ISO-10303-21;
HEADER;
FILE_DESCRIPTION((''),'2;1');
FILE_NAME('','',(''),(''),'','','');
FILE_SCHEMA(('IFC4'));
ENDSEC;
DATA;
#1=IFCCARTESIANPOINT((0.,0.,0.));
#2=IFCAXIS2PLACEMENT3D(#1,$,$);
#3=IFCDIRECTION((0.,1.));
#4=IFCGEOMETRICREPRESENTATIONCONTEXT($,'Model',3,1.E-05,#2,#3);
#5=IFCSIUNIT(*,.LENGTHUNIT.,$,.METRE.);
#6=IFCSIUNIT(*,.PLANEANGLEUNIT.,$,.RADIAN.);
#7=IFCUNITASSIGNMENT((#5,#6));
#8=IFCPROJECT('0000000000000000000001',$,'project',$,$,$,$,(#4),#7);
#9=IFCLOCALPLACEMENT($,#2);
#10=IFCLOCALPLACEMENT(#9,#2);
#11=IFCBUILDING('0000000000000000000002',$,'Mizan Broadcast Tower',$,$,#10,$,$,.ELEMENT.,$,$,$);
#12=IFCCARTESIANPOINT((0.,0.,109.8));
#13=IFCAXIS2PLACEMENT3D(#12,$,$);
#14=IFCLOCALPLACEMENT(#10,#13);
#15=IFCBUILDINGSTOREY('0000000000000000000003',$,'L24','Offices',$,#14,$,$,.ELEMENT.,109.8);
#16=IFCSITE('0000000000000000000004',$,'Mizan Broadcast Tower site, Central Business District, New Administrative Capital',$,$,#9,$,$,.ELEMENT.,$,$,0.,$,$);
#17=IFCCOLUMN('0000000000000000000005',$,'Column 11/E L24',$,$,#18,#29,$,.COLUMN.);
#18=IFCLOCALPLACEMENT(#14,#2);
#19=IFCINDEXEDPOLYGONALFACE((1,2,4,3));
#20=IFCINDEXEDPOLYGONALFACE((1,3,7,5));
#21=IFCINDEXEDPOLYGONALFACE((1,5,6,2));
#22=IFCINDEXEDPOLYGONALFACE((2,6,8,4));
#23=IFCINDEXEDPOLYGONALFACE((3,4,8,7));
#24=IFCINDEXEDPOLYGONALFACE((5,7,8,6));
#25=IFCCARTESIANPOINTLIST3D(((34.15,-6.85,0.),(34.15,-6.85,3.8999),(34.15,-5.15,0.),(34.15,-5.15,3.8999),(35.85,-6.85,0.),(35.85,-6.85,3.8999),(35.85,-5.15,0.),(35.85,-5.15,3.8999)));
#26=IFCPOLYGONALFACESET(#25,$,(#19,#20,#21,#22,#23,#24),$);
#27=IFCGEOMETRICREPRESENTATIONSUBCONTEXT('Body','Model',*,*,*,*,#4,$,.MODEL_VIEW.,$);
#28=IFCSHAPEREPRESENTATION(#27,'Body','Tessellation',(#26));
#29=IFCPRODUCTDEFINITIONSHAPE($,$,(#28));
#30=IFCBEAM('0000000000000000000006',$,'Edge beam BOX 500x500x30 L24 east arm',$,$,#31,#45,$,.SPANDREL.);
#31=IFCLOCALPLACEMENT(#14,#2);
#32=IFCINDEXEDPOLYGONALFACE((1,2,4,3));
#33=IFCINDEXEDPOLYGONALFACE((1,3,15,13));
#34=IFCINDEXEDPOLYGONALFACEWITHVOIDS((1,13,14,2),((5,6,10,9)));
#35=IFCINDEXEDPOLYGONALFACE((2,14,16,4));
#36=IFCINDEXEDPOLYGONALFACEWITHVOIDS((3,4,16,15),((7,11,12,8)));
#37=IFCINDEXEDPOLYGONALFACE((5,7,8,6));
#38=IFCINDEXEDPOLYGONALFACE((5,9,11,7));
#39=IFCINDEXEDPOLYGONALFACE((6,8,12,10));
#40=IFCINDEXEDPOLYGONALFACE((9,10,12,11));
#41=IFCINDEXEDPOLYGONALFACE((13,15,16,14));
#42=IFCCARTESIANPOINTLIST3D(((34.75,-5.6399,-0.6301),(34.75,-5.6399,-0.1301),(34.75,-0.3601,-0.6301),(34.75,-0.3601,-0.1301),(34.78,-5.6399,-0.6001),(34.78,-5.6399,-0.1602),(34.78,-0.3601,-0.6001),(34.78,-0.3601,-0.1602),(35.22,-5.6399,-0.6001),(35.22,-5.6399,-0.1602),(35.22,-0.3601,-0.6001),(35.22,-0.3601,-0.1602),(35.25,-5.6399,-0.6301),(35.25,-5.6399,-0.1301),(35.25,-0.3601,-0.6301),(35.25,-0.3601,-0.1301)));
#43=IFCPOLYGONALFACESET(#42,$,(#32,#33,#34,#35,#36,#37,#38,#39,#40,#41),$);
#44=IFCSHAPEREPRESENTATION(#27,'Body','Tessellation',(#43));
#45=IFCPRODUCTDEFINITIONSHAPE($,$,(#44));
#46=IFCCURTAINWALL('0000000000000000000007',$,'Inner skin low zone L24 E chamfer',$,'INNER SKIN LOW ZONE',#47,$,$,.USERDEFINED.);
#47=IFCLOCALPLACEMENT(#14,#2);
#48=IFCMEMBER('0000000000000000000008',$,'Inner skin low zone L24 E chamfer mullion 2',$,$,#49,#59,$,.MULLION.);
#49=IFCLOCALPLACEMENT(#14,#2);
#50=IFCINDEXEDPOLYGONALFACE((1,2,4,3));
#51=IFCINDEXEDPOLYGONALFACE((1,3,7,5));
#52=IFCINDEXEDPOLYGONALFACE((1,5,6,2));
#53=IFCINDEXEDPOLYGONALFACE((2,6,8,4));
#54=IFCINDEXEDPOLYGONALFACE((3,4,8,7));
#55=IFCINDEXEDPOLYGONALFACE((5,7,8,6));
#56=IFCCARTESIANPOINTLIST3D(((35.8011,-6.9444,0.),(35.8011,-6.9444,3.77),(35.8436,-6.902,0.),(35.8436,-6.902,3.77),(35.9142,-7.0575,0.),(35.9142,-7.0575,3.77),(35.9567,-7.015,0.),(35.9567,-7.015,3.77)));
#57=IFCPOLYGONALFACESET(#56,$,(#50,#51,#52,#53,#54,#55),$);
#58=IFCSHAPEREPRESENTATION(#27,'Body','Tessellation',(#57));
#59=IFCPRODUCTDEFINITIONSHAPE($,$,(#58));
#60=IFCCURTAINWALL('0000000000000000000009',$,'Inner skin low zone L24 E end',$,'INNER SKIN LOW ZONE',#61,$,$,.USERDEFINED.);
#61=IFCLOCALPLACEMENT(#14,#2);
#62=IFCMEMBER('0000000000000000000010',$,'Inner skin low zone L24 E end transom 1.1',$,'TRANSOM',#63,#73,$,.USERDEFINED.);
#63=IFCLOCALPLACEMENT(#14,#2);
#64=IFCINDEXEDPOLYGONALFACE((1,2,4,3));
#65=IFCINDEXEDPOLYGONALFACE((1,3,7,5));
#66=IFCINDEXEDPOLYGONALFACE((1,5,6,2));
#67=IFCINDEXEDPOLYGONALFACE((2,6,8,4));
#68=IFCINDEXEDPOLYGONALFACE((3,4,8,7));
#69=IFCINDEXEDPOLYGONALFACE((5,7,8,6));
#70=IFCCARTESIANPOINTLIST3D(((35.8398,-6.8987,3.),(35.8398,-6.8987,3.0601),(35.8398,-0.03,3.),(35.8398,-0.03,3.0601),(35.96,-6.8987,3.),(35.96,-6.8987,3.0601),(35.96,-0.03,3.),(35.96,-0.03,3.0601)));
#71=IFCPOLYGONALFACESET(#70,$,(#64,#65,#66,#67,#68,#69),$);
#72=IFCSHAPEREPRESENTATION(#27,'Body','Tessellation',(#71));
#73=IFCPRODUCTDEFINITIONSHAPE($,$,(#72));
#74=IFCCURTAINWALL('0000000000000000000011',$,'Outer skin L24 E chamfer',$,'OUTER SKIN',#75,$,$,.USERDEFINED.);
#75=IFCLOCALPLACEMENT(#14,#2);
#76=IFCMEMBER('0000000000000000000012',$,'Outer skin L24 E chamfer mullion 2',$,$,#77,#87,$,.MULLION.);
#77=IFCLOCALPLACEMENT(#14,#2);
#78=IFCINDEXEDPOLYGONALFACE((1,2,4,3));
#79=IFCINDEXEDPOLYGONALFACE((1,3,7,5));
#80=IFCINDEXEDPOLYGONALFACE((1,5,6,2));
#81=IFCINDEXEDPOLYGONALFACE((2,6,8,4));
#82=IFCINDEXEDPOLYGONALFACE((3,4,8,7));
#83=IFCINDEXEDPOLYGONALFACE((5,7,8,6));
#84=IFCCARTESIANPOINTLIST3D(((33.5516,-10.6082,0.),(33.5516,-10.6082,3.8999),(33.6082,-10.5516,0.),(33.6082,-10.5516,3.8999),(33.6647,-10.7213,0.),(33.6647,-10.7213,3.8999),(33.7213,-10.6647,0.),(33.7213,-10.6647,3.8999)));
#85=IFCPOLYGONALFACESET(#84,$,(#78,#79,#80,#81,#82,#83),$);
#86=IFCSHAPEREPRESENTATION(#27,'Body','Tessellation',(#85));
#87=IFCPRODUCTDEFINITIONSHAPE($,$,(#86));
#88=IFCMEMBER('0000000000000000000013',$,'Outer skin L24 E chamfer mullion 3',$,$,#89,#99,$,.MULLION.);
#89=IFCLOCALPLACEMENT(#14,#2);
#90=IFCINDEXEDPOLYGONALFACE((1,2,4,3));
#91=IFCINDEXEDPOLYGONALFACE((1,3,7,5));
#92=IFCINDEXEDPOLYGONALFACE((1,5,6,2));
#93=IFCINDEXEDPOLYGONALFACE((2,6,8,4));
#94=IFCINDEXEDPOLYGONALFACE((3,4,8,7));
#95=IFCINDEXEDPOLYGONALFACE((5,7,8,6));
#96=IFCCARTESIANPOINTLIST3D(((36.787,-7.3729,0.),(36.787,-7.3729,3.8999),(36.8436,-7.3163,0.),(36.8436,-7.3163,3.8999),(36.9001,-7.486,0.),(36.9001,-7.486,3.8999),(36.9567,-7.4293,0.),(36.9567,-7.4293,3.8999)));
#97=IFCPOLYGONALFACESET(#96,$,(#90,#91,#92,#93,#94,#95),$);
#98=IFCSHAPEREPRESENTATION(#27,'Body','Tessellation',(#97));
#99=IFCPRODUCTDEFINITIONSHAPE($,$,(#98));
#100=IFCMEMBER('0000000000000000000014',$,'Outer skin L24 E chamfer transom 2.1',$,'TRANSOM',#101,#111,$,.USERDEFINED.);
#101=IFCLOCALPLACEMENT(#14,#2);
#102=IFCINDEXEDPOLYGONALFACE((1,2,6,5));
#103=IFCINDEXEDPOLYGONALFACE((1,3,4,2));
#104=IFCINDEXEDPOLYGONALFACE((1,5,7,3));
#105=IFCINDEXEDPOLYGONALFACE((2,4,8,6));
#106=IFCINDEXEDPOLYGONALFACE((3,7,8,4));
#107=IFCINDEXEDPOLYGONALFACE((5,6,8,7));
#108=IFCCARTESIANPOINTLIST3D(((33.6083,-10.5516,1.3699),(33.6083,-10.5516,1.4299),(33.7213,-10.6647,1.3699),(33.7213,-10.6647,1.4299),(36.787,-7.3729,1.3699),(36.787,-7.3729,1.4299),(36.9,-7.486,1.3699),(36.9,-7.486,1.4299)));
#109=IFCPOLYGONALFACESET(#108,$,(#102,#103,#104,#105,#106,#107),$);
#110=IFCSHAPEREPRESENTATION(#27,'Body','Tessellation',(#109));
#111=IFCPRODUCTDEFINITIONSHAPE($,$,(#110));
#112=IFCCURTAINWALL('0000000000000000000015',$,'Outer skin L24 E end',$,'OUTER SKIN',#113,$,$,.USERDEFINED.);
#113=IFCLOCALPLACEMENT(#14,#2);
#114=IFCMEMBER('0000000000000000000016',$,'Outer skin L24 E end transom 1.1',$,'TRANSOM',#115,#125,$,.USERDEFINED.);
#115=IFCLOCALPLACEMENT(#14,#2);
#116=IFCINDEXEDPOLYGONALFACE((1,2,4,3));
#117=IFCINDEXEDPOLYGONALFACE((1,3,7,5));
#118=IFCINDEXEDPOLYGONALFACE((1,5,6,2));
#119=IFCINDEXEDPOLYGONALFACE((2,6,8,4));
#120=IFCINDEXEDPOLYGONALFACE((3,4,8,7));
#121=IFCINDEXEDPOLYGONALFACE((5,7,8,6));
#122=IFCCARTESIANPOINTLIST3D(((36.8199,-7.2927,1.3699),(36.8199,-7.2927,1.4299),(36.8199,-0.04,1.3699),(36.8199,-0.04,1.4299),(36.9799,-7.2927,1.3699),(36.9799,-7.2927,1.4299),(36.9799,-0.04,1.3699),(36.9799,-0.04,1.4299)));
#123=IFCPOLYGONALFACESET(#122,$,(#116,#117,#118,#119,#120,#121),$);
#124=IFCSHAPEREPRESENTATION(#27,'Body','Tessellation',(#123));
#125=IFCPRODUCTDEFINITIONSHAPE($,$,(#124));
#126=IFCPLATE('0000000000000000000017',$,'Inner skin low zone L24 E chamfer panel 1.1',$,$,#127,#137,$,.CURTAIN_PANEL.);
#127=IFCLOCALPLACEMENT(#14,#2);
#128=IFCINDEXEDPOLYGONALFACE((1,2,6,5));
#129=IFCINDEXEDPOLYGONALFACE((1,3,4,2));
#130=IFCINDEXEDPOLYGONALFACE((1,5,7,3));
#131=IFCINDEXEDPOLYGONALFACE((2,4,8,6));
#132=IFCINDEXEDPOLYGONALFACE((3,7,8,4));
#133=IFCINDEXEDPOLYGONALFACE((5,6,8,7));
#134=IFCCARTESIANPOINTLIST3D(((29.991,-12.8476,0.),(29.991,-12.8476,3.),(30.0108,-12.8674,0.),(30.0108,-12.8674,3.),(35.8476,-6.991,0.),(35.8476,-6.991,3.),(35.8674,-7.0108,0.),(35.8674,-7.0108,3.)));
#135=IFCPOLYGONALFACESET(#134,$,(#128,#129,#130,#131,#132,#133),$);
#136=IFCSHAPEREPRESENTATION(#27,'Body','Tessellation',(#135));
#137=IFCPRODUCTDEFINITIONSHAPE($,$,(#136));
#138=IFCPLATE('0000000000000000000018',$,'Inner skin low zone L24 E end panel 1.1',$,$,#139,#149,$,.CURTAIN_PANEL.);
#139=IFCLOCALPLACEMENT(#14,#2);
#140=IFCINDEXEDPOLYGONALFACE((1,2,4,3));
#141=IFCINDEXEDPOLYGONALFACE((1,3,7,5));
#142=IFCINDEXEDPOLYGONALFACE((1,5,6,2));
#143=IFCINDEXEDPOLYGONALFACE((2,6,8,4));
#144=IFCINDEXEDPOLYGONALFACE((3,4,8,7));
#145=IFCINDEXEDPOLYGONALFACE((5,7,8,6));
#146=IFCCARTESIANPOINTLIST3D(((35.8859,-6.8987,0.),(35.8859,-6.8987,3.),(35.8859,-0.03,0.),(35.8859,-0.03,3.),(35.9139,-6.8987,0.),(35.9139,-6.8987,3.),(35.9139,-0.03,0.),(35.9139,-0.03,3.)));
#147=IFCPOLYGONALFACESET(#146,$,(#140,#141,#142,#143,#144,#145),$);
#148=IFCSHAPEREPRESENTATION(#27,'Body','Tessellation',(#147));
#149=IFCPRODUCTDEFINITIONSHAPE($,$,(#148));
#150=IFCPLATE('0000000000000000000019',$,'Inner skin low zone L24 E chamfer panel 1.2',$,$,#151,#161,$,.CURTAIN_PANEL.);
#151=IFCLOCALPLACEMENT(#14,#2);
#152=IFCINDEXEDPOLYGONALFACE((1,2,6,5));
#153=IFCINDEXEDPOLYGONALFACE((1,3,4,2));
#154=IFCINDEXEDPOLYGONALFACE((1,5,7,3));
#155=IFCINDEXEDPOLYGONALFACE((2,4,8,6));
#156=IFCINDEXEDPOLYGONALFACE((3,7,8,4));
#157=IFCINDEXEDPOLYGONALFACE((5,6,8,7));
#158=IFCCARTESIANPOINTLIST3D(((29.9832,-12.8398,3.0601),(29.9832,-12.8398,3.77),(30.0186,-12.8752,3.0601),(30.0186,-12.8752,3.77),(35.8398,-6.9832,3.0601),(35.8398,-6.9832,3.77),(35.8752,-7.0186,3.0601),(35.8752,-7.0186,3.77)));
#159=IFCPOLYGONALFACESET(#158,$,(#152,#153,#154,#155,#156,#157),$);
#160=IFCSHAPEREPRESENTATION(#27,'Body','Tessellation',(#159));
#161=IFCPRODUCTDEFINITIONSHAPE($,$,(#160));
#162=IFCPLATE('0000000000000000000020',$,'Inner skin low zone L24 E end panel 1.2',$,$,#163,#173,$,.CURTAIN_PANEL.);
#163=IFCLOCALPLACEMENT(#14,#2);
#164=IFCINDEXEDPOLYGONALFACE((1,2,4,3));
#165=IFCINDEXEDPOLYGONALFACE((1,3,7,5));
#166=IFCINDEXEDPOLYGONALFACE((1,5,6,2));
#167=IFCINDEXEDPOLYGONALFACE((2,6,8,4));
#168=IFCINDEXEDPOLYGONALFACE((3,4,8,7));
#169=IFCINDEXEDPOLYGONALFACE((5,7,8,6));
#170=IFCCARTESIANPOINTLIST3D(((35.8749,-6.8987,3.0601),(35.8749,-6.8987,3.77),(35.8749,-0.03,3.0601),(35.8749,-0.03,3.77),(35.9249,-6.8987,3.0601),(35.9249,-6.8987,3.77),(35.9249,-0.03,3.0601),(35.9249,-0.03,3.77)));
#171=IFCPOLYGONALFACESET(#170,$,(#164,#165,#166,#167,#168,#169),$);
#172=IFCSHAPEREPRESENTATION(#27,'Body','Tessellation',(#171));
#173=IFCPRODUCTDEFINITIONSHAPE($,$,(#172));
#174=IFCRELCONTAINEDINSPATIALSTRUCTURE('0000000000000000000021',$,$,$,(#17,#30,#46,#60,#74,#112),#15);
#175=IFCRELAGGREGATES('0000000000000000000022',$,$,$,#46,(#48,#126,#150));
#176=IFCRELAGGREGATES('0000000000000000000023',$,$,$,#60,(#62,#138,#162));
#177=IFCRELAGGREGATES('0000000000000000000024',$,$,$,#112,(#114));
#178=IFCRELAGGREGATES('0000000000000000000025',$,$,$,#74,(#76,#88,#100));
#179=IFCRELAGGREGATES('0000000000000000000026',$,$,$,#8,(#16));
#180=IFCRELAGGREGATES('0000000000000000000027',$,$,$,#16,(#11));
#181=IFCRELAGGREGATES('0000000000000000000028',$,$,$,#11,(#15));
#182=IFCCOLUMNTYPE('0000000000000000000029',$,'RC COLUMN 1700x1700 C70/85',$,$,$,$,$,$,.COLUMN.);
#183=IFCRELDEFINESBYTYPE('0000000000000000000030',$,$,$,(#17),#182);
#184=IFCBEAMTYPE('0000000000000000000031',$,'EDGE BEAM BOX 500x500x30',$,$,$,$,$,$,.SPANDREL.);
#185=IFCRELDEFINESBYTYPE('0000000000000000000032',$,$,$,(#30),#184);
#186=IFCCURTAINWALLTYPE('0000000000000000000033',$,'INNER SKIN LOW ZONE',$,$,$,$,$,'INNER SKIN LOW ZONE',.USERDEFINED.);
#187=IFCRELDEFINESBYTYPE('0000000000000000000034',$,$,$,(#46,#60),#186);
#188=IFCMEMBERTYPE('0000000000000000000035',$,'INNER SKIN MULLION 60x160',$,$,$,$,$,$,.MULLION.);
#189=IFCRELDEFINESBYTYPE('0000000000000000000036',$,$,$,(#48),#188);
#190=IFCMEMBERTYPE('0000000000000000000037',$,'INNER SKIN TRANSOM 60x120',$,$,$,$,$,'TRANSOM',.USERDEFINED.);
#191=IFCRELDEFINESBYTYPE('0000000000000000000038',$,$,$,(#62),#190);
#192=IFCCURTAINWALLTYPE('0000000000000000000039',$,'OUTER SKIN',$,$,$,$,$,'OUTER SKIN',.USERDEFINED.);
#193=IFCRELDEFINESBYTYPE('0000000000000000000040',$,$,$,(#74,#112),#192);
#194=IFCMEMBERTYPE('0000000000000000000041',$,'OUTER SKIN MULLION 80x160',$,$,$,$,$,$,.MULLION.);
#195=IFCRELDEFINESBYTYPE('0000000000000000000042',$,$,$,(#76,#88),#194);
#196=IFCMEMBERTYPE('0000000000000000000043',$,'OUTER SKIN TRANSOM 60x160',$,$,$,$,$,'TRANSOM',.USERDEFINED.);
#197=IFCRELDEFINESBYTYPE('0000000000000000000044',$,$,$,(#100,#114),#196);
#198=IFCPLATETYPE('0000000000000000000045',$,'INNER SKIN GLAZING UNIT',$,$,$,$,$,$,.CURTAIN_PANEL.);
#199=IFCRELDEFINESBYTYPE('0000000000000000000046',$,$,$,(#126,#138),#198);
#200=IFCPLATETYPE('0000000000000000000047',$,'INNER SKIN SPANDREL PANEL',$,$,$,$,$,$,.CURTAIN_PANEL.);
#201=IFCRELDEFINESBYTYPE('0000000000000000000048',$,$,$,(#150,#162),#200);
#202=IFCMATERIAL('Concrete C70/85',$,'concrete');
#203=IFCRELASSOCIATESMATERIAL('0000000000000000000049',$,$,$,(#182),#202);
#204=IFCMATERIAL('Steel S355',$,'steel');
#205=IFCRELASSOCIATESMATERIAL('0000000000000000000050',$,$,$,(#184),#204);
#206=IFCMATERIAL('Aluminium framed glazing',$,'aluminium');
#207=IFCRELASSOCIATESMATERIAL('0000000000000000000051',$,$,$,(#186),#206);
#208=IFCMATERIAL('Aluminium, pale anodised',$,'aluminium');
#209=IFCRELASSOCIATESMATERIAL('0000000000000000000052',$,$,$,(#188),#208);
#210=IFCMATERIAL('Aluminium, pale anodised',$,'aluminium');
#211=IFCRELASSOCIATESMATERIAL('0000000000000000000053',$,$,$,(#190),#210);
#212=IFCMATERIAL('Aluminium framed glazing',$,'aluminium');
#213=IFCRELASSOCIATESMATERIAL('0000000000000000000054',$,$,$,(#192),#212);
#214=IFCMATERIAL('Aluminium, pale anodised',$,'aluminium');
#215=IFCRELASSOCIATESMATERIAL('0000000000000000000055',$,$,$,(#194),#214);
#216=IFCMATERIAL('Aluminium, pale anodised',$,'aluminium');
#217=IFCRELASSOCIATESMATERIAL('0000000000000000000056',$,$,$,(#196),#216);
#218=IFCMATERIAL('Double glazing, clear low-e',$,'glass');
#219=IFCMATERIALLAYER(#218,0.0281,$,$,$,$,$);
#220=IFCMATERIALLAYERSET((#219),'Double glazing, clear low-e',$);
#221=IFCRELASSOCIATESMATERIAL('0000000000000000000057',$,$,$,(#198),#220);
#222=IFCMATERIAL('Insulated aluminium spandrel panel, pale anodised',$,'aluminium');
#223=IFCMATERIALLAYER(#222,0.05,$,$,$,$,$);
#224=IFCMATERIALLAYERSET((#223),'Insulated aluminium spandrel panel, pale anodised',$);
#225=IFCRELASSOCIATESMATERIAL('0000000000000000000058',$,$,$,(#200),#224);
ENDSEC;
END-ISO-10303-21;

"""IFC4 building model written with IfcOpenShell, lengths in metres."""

from ifc_helpers import new_model, si_unit, direction, frame, origin, origin_2d, place, context, subcontext, project, spatial, rectangle, hollow_rectangle, extrude, material, layer, layer_set, material_profile, profile_set, type_object, element, aggregate, save


model = new_model("IFC4")

# Units and contexts
model_context = context("Model", 3, precision=1e-05, world=origin(), true_north=direction((0.0, 1.0)))
body_context = subcontext(model_context, "Body", "Model", "MODEL_VIEW")
ifc_project = project(units=[si_unit("LENGTHUNIT", "METRE"), si_unit("PLANEANGLEUNIT", "RADIAN")], contexts=[model_context])

# Site, building, storey
site_placement = place(None, origin())
site = spatial("IfcSite", under=ifc_project, at=site_placement, Name="Mizan Broadcast Tower site, Central Business District, New Administrative Capital", CompositionType="ELEMENT", RefElevation=0.0)
building_placement = place(site_placement, origin())
building = spatial("IfcBuilding", under=site, at=building_placement, Name="Mizan Broadcast Tower", CompositionType="ELEMENT")
storey_placement = place(building_placement, frame((0.0, 0.0, 109.8)))
storey = spatial("IfcBuildingStorey", under=building, at=storey_placement, Name="L24", Description="Offices", CompositionType="ELEMENT", Elevation=109.8)

# Column
ifc_material_1 = material(Name="Concrete C70/85", Category="concrete")
ifc_material_profile_1 = material_profile(ifc_material_1, rectangle(XDim=1.7, YDim=1.7, at=origin_2d()), Name="RC 1700x1700")
ifc_profile_set_1 = profile_set([ifc_material_profile_1], Name="Concrete C70/85")
column_type = type_object("IfcColumnType", Name="RC COLUMN 1700x1700 C70/85", PredefinedType="COLUMN", material=ifc_profile_set_1)
column_placement = place(storey_placement, frame((35.0, -6.0, 0.0), z_axis=(0.0, 0.0, 1.0), x_axis=(1.0, 0.0, 0.0)))
element("IfcColumn", 1, at=column_placement, inside=storey, type_object=column_type, Name="Column 11/E L24", PredefinedType="COLUMN", context=body_context, shape_type="SweptSolid", body=[
    extrude(rectangle(XDim=1.7, YDim=1.7, at=origin_2d()), origin(), (0.0, 0.0, 1.0), 3.8999),
])

# Beam
ifc_material_2 = material(Name="Steel S355", Category="steel")
ifc_material_profile_2 = material_profile(ifc_material_2, hollow_rectangle(XDim=0.5, YDim=0.5, WallThickness=0.03, at=origin_2d()), Name="BOX 500x500x30")
ifc_profile_set_2 = profile_set([ifc_material_profile_2], Name="Steel S355")
beam_type = type_object("IfcBeamType", Name="EDGE BEAM BOX 500x500x30", PredefinedType="SPANDREL", material=ifc_profile_set_2)
beam_placement = place(storey_placement, frame((35.0, -5.6399, -0.3801), z_axis=(0.0, 1.0, 0.0), x_axis=(-1.0, 0.0, 0.0)))
element("IfcBeam", 2, at=beam_placement, inside=storey, type_object=beam_type, Name="Edge beam BOX 500x500x30 L24 east arm", PredefinedType="SPANDREL", context=body_context, shape_type="SweptSolid", body=[
    extrude(hollow_rectangle(XDim=0.5, YDim=0.5, WallThickness=0.03, at=origin_2d()), origin(), (0.0, 0.0, 1.0), 5.2798),
])

# Curtain walls, members
ifc_material_3 = material(Name="Aluminium framed glazing", Category="aluminium")
curtain_wall_type_1 = type_object("IfcCurtainWallType", Name="INNER SKIN LOW ZONE", ElementType="INNER SKIN LOW ZONE", PredefinedType="USERDEFINED", material=ifc_material_3)
curtain_wall_1_placement = place(storey_placement, origin())
curtain_wall_1 = element("IfcCurtainWall", 3, at=curtain_wall_1_placement, inside=storey, type_object=curtain_wall_type_1, Name="Inner skin low zone L24 E chamfer", ObjectType="INNER SKIN LOW ZONE", PredefinedType="USERDEFINED")
ifc_material_4 = material(Name="Aluminium, pale anodised", Category="aluminium")
ifc_material_profile_3 = material_profile(ifc_material_4, rectangle(XDim=0.1599, YDim=0.0601, at=origin_2d()), Name="MULLION 160x60")
ifc_profile_set_3 = profile_set([ifc_material_profile_3], Name="Aluminium, pale anodised")
member_type_1 = type_object("IfcMemberType", Name="INNER SKIN MULLION 60x160", PredefinedType="MULLION", material=ifc_profile_set_3)
member_1_placement = place(storey_placement, frame((35.8789, -6.9797, 0.0), z_axis=(0.0, 0.0, 1.0), x_axis=(-0.707107, 0.707107, 0.0)))
member_1 = element("IfcMember", 4, at=member_1_placement, type_object=member_type_1, Name="Inner skin low zone L24 E chamfer mullion 2", PredefinedType="MULLION", context=body_context, shape_type="SweptSolid", body=[
    extrude(rectangle(XDim=0.1599, YDim=0.0601, at=origin_2d()), origin(), (0.0, 0.0, 1.0), 3.77),
])
curtain_wall_2_placement = place(storey_placement, origin())
curtain_wall_2 = element("IfcCurtainWall", 5, at=curtain_wall_2_placement, inside=storey, type_object=curtain_wall_type_1, Name="Inner skin low zone L24 E end", ObjectType="INNER SKIN LOW ZONE", PredefinedType="USERDEFINED")
ifc_material_5 = material(Name="Aluminium, pale anodised", Category="aluminium")
ifc_material_profile_4 = material_profile(ifc_material_5, rectangle(XDim=0.1201, YDim=0.0601, at=origin_2d()), Name="TRANSOM 120x60")
ifc_profile_set_4 = profile_set([ifc_material_profile_4], Name="Aluminium, pale anodised")
member_type_2 = type_object("IfcMemberType", Name="INNER SKIN TRANSOM 60x120", ElementType="TRANSOM", PredefinedType="USERDEFINED", material=ifc_profile_set_4)
member_2_placement = place(storey_placement, frame((35.8999, -6.8987, 3.03), z_axis=(0.0, 1.0, 0.0), x_axis=(-1.0, 0.0, 0.0)))
member_2 = element("IfcMember", 6, at=member_2_placement, type_object=member_type_2, Name="Inner skin low zone L24 E end transom 1.1", ObjectType="TRANSOM", PredefinedType="USERDEFINED", context=body_context, shape_type="SweptSolid", body=[
    extrude(rectangle(XDim=0.1201, YDim=0.0601, at=origin_2d()), origin(), (0.0, 0.0, 1.0), 6.8687),
])

# Curtain wall, members
ifc_material_6 = material(Name="Aluminium framed glazing", Category="aluminium")
curtain_wall_type_2 = type_object("IfcCurtainWallType", Name="OUTER SKIN", ElementType="OUTER SKIN", PredefinedType="USERDEFINED", material=ifc_material_6)
curtain_wall_3_placement = place(storey_placement, origin())
curtain_wall_3 = element("IfcCurtainWall", 7, at=curtain_wall_3_placement, inside=storey, type_object=curtain_wall_type_2, Name="Outer skin L24 E chamfer", ObjectType="OUTER SKIN", PredefinedType="USERDEFINED")
ifc_material_7 = material(Name="Aluminium, pale anodised", Category="aluminium")
ifc_material_profile_5 = material_profile(ifc_material_7, rectangle(XDim=0.1599, YDim=0.0801, at=origin_2d()), Name="MULLION 160x80")
ifc_profile_set_5 = profile_set([ifc_material_profile_5], Name="Aluminium, pale anodised")
member_type_3 = type_object("IfcMemberType", Name="OUTER SKIN MULLION 80x160", PredefinedType="MULLION", material=ifc_profile_set_5)
member_3_placement = place(storey_placement, frame((33.6365, -10.6365, 0.0), z_axis=(0.0, 0.0, 1.0), x_axis=(-0.707107, 0.707107, 0.0)))
member_3 = element("IfcMember", 8, at=member_3_placement, type_object=member_type_3, Name="Outer skin L24 E chamfer mullion 2", PredefinedType="MULLION", context=body_context, shape_type="SweptSolid", body=[
    extrude(rectangle(XDim=0.1599, YDim=0.0801, at=origin_2d()), origin(), (0.0, 0.0, 1.0), 3.8999),
])
member_4_placement = place(storey_placement, frame((36.8718, -7.4011, 0.0), z_axis=(0.0, 0.0, 1.0), x_axis=(-0.707107, 0.707107, 0.0)))
member_4 = element("IfcMember", 9, at=member_4_placement, type_object=member_type_3, Name="Outer skin L24 E chamfer mullion 3", PredefinedType="MULLION", context=body_context, shape_type="SweptSolid", body=[
    extrude(rectangle(XDim=0.1599, YDim=0.0801, at=origin_2d()), origin(), (0.0, 0.0, 1.0), 3.8999),
])
ifc_material_8 = material(Name="Aluminium, pale anodised", Category="aluminium")
ifc_material_profile_6 = material_profile(ifc_material_8, rectangle(XDim=0.1599, YDim=0.0601, at=origin_2d()), Name="TRANSOM 160x60")
ifc_profile_set_6 = profile_set([ifc_material_profile_6], Name="Aluminium, pale anodised")
member_type_4 = type_object("IfcMemberType", Name="OUTER SKIN TRANSOM 60x160", ElementType="TRANSOM", PredefinedType="USERDEFINED", material=ifc_profile_set_6)
member_5_placement = place(storey_placement, frame((33.6648, -10.6082, 1.3999), z_axis=(0.707107, 0.707107, 0.0), x_axis=(-0.707107, 0.707107, 0.0)))
member_5 = element("IfcMember", 10, at=member_5_placement, type_object=member_type_4, Name="Outer skin L24 E chamfer transom 2.1", ObjectType="TRANSOM", PredefinedType="USERDEFINED", context=body_context, shape_type="SweptSolid", body=[
    extrude(rectangle(XDim=0.1599, YDim=0.0601, at=origin_2d()), origin(), (0.0, 0.0, 1.0), 4.4954),
])

# Curtain wall, member
curtain_wall_4_placement = place(storey_placement, origin())
curtain_wall_4 = element("IfcCurtainWall", 11, at=curtain_wall_4_placement, inside=storey, type_object=curtain_wall_type_2, Name="Outer skin L24 E end", ObjectType="OUTER SKIN", PredefinedType="USERDEFINED")
member_6_placement = place(storey_placement, frame((36.8999, -7.2927, 1.3999), z_axis=(0.0, 1.0, 0.0), x_axis=(-1.0, 0.0, 0.0)))
member_6 = element("IfcMember", 12, at=member_6_placement, type_object=member_type_4, Name="Outer skin L24 E end transom 1.1", ObjectType="TRANSOM", PredefinedType="USERDEFINED", context=body_context, shape_type="SweptSolid", body=[
    extrude(rectangle(XDim=0.1599, YDim=0.0601, at=origin_2d()), origin(), (0.0, 0.0, 1.0), 7.2527),
])

# Plates
ifc_material_9 = material(Name="Double glazing, clear low-e", Category="glass")
ifc_layer_1 = layer(ifc_material_9, 0.0281)
ifc_layer_set_1 = layer_set([ifc_layer_1], Name="Double glazing, clear low-e")
plate_type_1 = type_object("IfcPlateType", Name="INNER SKIN GLAZING UNIT", PredefinedType="CURTAIN_PANEL", material=ifc_layer_set_1)
plate_1_placement = place(storey_placement, frame((32.9292, -9.9292, 0.0), z_axis=(0.0, 0.0, 1.0), x_axis=(0.707107, 0.707107, 0.0)))
plate_1 = element("IfcPlate", 13, at=plate_1_placement, type_object=plate_type_1, Name="Inner skin low zone L24 E chamfer panel 1.1", PredefinedType="CURTAIN_PANEL", context=body_context, shape_type="SweptSolid", body=[
    extrude(rectangle(XDim=8.2825, YDim=0.0281, at=origin_2d()), origin(), (0.0, 0.0, 1.0), 3.0),
])
plate_2_placement = place(storey_placement, frame((35.8999, -3.4644, 0.0), z_axis=(0.0, 0.0, 1.0), x_axis=(0.0, 1.0, 0.0)))
plate_2 = element("IfcPlate", 14, at=plate_2_placement, type_object=plate_type_1, Name="Inner skin low zone L24 E end panel 1.1", PredefinedType="CURTAIN_PANEL", context=body_context, shape_type="SweptSolid", body=[
    extrude(rectangle(XDim=6.8687, YDim=0.0281, at=origin_2d()), origin(), (0.0, 0.0, 1.0), 3.0),
])
ifc_material_10 = material(Name="Insulated aluminium spandrel panel, pale anodised", Category="aluminium")
ifc_layer_2 = layer(ifc_material_10, 0.05)
ifc_layer_set_2 = layer_set([ifc_layer_2], Name="Insulated aluminium spandrel panel, pale anodised")
plate_type_2 = type_object("IfcPlateType", Name="INNER SKIN SPANDREL PANEL", PredefinedType="CURTAIN_PANEL", material=ifc_layer_set_2)
plate_3_placement = place(storey_placement, frame((32.9292, -9.9292, 3.0601), z_axis=(0.0, 0.0, 1.0), x_axis=(0.707107, 0.707107, 0.0)))
plate_3 = element("IfcPlate", 15, at=plate_3_placement, type_object=plate_type_2, Name="Inner skin low zone L24 E chamfer panel 1.2", PredefinedType="CURTAIN_PANEL", context=body_context, shape_type="SweptSolid", body=[
    extrude(rectangle(XDim=8.2825, YDim=0.05, at=origin_2d()), origin(), (0.0, 0.0, 1.0), 0.71),
])
aggregate(curtain_wall_1, [member_1, plate_1, plate_3])
plate_4_placement = place(storey_placement, frame((35.8999, -3.4644, 3.0601), z_axis=(0.0, 0.0, 1.0), x_axis=(0.0, 1.0, 0.0)))
plate_4 = element("IfcPlate", 16, at=plate_4_placement, type_object=plate_type_2, Name="Inner skin low zone L24 E end panel 1.2", PredefinedType="CURTAIN_PANEL", context=body_context, shape_type="SweptSolid", body=[
    extrude(rectangle(XDim=6.8687, YDim=0.05, at=origin_2d()), origin(), (0.0, 0.0, 1.0), 0.71),
])
aggregate(curtain_wall_2, [member_2, plate_2, plate_4])
aggregate(curtain_wall_4, [member_6])
aggregate(curtain_wall_3, [member_3, member_4, member_5])

save(model, "model.ifc")
